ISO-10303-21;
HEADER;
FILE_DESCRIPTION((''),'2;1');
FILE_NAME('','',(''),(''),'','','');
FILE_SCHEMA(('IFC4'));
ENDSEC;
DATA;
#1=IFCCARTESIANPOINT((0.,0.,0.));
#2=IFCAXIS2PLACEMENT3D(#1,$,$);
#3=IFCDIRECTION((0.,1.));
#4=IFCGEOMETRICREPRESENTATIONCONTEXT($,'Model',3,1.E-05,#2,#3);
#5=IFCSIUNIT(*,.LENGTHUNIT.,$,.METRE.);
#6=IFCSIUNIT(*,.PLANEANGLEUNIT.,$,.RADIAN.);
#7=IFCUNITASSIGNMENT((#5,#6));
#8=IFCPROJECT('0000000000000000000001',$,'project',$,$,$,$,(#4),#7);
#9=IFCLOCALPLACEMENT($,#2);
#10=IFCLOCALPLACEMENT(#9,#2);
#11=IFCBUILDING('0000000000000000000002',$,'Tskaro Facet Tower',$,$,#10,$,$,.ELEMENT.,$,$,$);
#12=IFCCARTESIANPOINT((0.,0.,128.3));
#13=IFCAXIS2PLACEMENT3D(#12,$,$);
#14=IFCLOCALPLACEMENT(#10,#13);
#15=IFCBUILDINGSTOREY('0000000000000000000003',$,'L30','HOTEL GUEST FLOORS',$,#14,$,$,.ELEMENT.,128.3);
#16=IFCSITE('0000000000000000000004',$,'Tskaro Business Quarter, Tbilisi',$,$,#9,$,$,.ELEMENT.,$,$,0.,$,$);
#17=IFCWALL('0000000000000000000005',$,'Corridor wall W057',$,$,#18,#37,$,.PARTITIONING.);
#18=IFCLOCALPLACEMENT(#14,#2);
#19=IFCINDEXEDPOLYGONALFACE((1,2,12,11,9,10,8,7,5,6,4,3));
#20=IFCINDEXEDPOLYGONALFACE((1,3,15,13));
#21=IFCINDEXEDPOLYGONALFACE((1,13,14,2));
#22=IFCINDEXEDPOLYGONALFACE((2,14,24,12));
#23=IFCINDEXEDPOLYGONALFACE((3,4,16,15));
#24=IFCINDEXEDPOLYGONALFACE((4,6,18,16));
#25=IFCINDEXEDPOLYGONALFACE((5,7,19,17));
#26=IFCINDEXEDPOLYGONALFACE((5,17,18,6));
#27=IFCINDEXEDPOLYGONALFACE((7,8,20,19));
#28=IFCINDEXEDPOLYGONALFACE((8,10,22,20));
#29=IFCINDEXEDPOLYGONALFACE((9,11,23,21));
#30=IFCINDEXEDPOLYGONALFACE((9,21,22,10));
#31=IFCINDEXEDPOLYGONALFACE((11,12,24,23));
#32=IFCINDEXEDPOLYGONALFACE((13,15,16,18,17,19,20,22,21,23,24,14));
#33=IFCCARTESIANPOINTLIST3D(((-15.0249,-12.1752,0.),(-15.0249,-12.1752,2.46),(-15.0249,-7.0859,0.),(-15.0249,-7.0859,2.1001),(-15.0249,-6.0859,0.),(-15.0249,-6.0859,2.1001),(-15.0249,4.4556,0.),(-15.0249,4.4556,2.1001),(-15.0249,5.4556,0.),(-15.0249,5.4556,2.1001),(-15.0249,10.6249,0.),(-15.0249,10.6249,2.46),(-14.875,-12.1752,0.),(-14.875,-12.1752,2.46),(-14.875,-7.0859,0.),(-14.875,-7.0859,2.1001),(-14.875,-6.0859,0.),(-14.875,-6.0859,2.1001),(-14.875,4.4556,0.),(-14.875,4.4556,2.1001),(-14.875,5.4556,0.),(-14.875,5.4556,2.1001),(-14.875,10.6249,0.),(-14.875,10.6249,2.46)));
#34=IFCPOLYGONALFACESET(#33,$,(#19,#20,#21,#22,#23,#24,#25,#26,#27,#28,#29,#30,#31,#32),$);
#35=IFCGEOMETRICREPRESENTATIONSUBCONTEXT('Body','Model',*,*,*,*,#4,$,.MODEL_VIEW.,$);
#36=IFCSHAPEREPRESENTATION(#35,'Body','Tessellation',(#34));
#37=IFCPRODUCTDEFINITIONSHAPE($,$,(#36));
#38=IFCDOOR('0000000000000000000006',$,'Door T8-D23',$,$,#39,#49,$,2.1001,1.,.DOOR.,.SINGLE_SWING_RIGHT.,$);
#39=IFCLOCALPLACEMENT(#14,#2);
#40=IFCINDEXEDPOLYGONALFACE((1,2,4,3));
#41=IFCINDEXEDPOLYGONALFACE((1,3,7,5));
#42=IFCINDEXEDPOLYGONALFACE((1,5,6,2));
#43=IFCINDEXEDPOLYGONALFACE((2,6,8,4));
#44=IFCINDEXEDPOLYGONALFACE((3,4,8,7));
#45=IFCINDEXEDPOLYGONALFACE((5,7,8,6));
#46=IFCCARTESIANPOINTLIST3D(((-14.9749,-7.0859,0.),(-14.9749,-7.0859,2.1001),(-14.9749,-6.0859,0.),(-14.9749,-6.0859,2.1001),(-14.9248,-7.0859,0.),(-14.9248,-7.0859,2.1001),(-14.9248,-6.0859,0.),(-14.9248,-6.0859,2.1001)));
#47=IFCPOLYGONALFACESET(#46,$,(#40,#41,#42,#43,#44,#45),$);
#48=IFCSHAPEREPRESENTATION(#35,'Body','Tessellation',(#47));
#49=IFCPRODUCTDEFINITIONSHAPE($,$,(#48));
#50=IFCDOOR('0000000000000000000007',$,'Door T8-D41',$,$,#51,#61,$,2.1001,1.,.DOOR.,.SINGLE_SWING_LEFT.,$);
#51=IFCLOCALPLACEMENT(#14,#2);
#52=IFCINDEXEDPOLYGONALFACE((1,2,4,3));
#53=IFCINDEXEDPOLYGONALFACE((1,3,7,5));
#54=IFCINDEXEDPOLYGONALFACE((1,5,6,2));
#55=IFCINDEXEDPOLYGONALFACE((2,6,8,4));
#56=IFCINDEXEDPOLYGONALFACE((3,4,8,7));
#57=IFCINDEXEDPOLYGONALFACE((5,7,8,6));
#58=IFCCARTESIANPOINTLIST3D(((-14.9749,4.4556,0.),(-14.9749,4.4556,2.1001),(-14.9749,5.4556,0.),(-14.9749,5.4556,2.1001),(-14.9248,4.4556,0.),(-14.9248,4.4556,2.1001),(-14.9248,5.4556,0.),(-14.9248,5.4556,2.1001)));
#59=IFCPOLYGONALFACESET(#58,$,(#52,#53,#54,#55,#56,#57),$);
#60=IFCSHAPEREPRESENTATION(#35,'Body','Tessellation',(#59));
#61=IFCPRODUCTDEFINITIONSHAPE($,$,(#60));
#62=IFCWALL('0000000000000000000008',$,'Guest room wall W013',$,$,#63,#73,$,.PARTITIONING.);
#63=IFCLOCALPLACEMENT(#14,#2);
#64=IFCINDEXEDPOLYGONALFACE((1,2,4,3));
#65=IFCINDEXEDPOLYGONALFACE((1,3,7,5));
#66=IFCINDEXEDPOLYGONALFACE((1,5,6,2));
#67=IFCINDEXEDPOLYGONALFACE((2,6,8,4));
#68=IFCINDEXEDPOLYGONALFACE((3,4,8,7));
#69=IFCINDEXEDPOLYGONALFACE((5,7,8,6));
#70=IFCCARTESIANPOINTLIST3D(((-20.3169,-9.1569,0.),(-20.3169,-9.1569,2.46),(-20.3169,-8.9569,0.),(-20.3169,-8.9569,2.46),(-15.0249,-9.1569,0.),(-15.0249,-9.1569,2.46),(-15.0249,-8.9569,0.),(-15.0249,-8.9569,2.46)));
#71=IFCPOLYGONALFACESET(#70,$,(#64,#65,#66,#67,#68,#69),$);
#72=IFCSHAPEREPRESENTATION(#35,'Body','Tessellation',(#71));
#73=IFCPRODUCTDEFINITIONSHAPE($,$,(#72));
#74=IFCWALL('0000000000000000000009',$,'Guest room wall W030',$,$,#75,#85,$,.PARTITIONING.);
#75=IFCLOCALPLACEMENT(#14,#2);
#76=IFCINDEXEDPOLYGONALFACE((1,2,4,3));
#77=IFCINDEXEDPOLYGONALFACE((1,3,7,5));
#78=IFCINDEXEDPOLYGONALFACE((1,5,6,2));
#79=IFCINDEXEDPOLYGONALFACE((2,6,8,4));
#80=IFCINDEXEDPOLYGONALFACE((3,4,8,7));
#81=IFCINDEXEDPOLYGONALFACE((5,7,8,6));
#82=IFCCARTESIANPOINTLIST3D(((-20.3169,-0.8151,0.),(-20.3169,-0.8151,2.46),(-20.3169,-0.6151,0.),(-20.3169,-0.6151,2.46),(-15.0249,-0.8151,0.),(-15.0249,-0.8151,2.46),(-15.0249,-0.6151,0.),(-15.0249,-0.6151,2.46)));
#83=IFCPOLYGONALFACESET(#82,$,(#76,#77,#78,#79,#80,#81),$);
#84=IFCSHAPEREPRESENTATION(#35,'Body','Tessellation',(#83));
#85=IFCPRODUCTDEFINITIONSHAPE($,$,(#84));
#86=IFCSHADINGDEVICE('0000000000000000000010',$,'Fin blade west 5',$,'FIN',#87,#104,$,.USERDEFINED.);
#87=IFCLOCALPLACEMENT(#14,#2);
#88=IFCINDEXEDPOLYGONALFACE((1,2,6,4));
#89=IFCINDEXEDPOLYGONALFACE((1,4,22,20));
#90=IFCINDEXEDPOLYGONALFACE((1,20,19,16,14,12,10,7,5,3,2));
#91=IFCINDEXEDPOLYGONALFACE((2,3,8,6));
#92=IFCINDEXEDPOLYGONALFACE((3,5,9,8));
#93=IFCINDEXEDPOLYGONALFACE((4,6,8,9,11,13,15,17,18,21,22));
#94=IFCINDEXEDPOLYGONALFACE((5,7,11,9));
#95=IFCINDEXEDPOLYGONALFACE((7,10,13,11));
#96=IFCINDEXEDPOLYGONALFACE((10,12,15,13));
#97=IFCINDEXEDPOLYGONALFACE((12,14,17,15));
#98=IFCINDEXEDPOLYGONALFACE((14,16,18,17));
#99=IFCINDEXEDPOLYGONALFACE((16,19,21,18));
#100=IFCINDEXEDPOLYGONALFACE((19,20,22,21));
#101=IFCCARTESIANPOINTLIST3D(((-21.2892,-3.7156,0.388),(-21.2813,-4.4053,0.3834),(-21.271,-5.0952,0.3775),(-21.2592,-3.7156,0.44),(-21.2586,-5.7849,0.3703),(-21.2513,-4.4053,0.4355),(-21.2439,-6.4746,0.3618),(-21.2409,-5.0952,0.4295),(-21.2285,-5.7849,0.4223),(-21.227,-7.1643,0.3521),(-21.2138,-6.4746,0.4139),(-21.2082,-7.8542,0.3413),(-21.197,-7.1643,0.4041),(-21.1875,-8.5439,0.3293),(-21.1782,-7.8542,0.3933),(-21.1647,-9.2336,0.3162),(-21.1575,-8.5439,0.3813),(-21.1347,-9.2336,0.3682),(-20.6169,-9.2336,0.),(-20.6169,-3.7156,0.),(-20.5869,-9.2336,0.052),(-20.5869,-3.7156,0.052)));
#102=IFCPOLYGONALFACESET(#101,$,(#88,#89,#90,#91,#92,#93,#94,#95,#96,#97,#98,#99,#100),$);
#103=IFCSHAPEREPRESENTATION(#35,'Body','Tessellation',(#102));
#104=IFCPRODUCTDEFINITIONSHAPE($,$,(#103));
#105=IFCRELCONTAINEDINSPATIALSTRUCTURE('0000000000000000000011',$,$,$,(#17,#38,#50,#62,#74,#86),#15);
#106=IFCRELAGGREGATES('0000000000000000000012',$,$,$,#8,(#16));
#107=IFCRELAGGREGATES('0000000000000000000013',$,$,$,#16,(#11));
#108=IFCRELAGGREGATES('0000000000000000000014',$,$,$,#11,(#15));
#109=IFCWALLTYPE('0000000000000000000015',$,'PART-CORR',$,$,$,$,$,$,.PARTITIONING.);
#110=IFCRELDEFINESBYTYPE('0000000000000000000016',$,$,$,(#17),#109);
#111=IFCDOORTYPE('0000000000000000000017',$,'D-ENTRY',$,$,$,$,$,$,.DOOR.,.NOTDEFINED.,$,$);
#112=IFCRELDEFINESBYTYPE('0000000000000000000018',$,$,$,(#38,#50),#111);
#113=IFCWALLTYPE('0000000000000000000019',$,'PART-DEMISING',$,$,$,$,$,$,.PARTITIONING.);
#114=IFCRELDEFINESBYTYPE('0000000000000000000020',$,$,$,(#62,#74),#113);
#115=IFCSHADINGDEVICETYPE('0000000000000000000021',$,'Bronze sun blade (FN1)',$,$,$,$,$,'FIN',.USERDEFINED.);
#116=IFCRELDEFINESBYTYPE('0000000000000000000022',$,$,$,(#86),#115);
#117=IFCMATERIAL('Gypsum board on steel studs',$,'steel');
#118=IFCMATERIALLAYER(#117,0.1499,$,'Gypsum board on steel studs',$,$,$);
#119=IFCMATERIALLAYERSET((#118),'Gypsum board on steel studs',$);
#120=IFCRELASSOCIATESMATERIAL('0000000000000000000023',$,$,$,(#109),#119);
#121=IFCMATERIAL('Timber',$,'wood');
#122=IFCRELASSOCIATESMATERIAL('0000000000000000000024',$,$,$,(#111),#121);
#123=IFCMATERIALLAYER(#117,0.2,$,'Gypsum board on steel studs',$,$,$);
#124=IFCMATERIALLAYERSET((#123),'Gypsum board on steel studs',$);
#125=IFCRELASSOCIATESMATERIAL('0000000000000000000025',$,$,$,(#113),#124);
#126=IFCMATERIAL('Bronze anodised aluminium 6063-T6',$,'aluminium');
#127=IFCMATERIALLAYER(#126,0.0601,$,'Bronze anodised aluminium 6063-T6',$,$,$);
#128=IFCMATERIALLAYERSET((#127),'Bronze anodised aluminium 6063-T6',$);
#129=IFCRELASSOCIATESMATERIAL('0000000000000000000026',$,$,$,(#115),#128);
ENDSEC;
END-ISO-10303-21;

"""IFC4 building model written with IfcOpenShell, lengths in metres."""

from ifc_helpers import new_model, si_unit, direction, frame, frame_2d, origin, place, context, subcontext, project, spatial, polyline, rectangle, outline, extrude, material, layer, layer_set, type_object, element, fill, save


model = new_model("IFC4")

# Units and contexts
model_context = context("Model", 3, precision=1e-05, world=origin(), true_north=direction((0.0, 1.0)))
body_context = subcontext(model_context, "Body", "Model", "MODEL_VIEW")
ifc_project = project(units=[si_unit("LENGTHUNIT", "METRE"), si_unit("PLANEANGLEUNIT", "RADIAN")], contexts=[model_context])

# Site, building, storey
site_placement = place(None, origin())
site = spatial("IfcSite", under=ifc_project, at=site_placement, Name="Tskaro Business Quarter, Tbilisi", CompositionType="ELEMENT", RefElevation=0.0)
building_placement = place(site_placement, origin())
building = spatial("IfcBuilding", under=site, at=building_placement, Name="Tskaro Facet Tower", CompositionType="ELEMENT")
storey_placement = place(building_placement, frame((0.0, 0.0, 128.3)))
storey = spatial("IfcBuildingStorey", under=building, at=storey_placement, Name="L30", Description="HOTEL GUEST FLOORS", CompositionType="ELEMENT", Elevation=128.3)

# Shared definitions
ifc_material_1 = material(Name="Bronze anodised aluminium 6063-T6", Category="aluminium")

# Shared definitions
ifc_material_2 = material(Name="Gypsum board on steel studs", Category="steel")
ifc_layer_1 = layer(ifc_material_2, 0.1499, Name="Gypsum board on steel studs")
ifc_layer_set_1 = layer_set([ifc_layer_1], Name="Gypsum board on steel studs")
wall_type_1 = type_object("IfcWallType", Name="PART-CORR", PredefinedType="PARTITIONING", material=ifc_layer_set_1)
ifc_material_3 = material(Name="Timber", Category="wood")

# Wall, openings, doors
wall_1_placement = place(storey_placement, frame((-14.95, -12.175, 0.0), z_axis=(0.0, 0.0, 1.0), x_axis=(0.0, 1.0, 0.0)))
wall_1 = element("IfcWall", 1, at=wall_1_placement, inside=storey, type_object=wall_type_1, Name="Corridor wall W057", PredefinedType="PARTITIONING", context=body_context, shape_type="SweptSolid", body=[
    extrude(rectangle(XDim=22.8, YDim=0.1499, at=frame_2d((11.3999, 0.0))), origin(), (0.0, 0.0, 1.0), 2.46),
])
opening_1_placement = place(wall_1_placement, frame((5.0891, 0.0, 0.0)))
opening_1 = element("IfcOpeningElement", 2, at=opening_1_placement, cuts=wall_1, PredefinedType="OPENING", context=body_context, shape_type="SweptSolid", body=[
    extrude(rectangle(XDim=1.0, YDim=2.1001, at=frame_2d((0.5, 1.05))), frame((0.0, 0.085, 0.0), z_axis=(0.0, -1.0, 0.0), x_axis=(1.0, 0.0, 0.0)), (0.0, 0.0, 1.0), 0.1699),
])
opening_2_placement = place(wall_1_placement, frame((16.6306, 0.0, 0.0)))
opening_2 = element("IfcOpeningElement", 3, at=opening_2_placement, cuts=wall_1, PredefinedType="OPENING", context=body_context, shape_type="SweptSolid", body=[
    extrude(rectangle(XDim=1.0, YDim=2.1001, at=frame_2d((0.5, 1.05))), frame((0.0, 0.085, 0.0), z_axis=(0.0, -1.0, 0.0), x_axis=(1.0, 0.0, 0.0)), (0.0, 0.0, 1.0), 0.1699),
])
door_type_1 = type_object("IfcDoorType", Name="D-ENTRY", OperationType="NOTDEFINED", PredefinedType="DOOR", material=ifc_material_3)
door_1_placement = place(opening_1_placement, origin())
door_1 = element("IfcDoor", 4, at=door_1_placement, inside=storey, type_object=door_type_1, Name="Door T8-D23", OperationType="SINGLE_SWING_RIGHT", OverallHeight=2.1001, OverallWidth=1.0, PredefinedType="DOOR", context=body_context, shape_type="SweptSolid", body=[
    extrude(rectangle(XDim=1.0, YDim=2.1001, at=frame_2d((0.5, 1.05))), frame((0.0, 0.0249, 0.0), z_axis=(0.0, -1.0, 0.0), x_axis=(1.0, 0.0, 0.0)), (0.0, 0.0, 1.0), 0.05),
])
fill(opening_1, door_1)
door_2_placement = place(opening_2_placement, origin())
door_2 = element("IfcDoor", 5, at=door_2_placement, inside=storey, type_object=door_type_1, Name="Door T8-D41", OperationType="SINGLE_SWING_LEFT", OverallHeight=2.1001, OverallWidth=1.0, PredefinedType="DOOR", context=body_context, shape_type="SweptSolid", body=[
    extrude(rectangle(XDim=1.0, YDim=2.1001, at=frame_2d((0.5, 1.05))), frame((0.0, 0.0249, 0.0), z_axis=(0.0, -1.0, 0.0), x_axis=(1.0, 0.0, 0.0)), (0.0, 0.0, 1.0), 0.05),
])
fill(opening_2, door_2)

# Walls
ifc_layer_2 = layer(ifc_material_2, 0.2, Name="Gypsum board on steel studs")
ifc_layer_set_2 = layer_set([ifc_layer_2], Name="Gypsum board on steel studs")
wall_type_2 = type_object("IfcWallType", Name="PART-DEMISING", PredefinedType="PARTITIONING", material=ifc_layer_set_2)
for number, where, z_axis, x_axis, name in (
    (6, (-20.3169, -9.0569, 0.0), (0.0, 0.0, 1.0), (1.0, 0.0, 0.0), "Guest room wall W013"),
    (7, (-20.3169, -0.7151, 0.0), (0.0, 0.0, 1.0), (1.0, 0.0, 0.0), "Guest room wall W030"),
):
    element("IfcWall", number, at=place(storey_placement, frame(where, z_axis=z_axis, x_axis=x_axis)), inside=storey, type_object=wall_type_2, Name=name, PredefinedType="PARTITIONING", context=body_context, shape_type="SweptSolid", body=[
        extrude(rectangle(XDim=5.292, YDim=0.2, at=frame_2d((2.646, 0.0))), origin(), (0.0, 0.0, 1.0), 2.46),
    ])

# Shading device
ifc_layer_3 = layer(ifc_material_1, 0.0601, Name="Bronze anodised aluminium 6063-T6")
ifc_layer_set_3 = layer_set([ifc_layer_3], Name="Bronze anodised aluminium 6063-T6")
shading_device_type = type_object("IfcShadingDeviceType", Name="Bronze sun blade (FN1)", ElementType="FIN", PredefinedType="USERDEFINED", material=ifc_layer_set_3)
shading_device_1_placement = place(storey_placement, frame((-20.5869, -3.7156, 0.052), z_axis=(0.499878, 0.000008, 0.866096), x_axis=(0.000004, -1.0, 0.000007)))
element("IfcShadingDevice", 8, at=shading_device_1_placement, inside=storey, type_object=shading_device_type, Name="Fin blade west 5", ObjectType="FIN", PredefinedType="USERDEFINED", context=body_context, shape_type="SweptSolid", body=[
    extrude(outline(polyline([(0.0, 0.0), (5.5181, 0.0), (5.5181, -0.6325), (4.8284, -0.6588), (4.1387, -0.6827), (3.4487, -0.7044), (2.759, -0.7239), (2.0693, -0.7408), (1.3796, -0.7551), (0.6897, -0.7671), (0.0, -0.7763), (0.0, 0.0)])), origin(), (0.0, 0.0, -1.0), 0.0601),
])

save(model, "model.ifc")
